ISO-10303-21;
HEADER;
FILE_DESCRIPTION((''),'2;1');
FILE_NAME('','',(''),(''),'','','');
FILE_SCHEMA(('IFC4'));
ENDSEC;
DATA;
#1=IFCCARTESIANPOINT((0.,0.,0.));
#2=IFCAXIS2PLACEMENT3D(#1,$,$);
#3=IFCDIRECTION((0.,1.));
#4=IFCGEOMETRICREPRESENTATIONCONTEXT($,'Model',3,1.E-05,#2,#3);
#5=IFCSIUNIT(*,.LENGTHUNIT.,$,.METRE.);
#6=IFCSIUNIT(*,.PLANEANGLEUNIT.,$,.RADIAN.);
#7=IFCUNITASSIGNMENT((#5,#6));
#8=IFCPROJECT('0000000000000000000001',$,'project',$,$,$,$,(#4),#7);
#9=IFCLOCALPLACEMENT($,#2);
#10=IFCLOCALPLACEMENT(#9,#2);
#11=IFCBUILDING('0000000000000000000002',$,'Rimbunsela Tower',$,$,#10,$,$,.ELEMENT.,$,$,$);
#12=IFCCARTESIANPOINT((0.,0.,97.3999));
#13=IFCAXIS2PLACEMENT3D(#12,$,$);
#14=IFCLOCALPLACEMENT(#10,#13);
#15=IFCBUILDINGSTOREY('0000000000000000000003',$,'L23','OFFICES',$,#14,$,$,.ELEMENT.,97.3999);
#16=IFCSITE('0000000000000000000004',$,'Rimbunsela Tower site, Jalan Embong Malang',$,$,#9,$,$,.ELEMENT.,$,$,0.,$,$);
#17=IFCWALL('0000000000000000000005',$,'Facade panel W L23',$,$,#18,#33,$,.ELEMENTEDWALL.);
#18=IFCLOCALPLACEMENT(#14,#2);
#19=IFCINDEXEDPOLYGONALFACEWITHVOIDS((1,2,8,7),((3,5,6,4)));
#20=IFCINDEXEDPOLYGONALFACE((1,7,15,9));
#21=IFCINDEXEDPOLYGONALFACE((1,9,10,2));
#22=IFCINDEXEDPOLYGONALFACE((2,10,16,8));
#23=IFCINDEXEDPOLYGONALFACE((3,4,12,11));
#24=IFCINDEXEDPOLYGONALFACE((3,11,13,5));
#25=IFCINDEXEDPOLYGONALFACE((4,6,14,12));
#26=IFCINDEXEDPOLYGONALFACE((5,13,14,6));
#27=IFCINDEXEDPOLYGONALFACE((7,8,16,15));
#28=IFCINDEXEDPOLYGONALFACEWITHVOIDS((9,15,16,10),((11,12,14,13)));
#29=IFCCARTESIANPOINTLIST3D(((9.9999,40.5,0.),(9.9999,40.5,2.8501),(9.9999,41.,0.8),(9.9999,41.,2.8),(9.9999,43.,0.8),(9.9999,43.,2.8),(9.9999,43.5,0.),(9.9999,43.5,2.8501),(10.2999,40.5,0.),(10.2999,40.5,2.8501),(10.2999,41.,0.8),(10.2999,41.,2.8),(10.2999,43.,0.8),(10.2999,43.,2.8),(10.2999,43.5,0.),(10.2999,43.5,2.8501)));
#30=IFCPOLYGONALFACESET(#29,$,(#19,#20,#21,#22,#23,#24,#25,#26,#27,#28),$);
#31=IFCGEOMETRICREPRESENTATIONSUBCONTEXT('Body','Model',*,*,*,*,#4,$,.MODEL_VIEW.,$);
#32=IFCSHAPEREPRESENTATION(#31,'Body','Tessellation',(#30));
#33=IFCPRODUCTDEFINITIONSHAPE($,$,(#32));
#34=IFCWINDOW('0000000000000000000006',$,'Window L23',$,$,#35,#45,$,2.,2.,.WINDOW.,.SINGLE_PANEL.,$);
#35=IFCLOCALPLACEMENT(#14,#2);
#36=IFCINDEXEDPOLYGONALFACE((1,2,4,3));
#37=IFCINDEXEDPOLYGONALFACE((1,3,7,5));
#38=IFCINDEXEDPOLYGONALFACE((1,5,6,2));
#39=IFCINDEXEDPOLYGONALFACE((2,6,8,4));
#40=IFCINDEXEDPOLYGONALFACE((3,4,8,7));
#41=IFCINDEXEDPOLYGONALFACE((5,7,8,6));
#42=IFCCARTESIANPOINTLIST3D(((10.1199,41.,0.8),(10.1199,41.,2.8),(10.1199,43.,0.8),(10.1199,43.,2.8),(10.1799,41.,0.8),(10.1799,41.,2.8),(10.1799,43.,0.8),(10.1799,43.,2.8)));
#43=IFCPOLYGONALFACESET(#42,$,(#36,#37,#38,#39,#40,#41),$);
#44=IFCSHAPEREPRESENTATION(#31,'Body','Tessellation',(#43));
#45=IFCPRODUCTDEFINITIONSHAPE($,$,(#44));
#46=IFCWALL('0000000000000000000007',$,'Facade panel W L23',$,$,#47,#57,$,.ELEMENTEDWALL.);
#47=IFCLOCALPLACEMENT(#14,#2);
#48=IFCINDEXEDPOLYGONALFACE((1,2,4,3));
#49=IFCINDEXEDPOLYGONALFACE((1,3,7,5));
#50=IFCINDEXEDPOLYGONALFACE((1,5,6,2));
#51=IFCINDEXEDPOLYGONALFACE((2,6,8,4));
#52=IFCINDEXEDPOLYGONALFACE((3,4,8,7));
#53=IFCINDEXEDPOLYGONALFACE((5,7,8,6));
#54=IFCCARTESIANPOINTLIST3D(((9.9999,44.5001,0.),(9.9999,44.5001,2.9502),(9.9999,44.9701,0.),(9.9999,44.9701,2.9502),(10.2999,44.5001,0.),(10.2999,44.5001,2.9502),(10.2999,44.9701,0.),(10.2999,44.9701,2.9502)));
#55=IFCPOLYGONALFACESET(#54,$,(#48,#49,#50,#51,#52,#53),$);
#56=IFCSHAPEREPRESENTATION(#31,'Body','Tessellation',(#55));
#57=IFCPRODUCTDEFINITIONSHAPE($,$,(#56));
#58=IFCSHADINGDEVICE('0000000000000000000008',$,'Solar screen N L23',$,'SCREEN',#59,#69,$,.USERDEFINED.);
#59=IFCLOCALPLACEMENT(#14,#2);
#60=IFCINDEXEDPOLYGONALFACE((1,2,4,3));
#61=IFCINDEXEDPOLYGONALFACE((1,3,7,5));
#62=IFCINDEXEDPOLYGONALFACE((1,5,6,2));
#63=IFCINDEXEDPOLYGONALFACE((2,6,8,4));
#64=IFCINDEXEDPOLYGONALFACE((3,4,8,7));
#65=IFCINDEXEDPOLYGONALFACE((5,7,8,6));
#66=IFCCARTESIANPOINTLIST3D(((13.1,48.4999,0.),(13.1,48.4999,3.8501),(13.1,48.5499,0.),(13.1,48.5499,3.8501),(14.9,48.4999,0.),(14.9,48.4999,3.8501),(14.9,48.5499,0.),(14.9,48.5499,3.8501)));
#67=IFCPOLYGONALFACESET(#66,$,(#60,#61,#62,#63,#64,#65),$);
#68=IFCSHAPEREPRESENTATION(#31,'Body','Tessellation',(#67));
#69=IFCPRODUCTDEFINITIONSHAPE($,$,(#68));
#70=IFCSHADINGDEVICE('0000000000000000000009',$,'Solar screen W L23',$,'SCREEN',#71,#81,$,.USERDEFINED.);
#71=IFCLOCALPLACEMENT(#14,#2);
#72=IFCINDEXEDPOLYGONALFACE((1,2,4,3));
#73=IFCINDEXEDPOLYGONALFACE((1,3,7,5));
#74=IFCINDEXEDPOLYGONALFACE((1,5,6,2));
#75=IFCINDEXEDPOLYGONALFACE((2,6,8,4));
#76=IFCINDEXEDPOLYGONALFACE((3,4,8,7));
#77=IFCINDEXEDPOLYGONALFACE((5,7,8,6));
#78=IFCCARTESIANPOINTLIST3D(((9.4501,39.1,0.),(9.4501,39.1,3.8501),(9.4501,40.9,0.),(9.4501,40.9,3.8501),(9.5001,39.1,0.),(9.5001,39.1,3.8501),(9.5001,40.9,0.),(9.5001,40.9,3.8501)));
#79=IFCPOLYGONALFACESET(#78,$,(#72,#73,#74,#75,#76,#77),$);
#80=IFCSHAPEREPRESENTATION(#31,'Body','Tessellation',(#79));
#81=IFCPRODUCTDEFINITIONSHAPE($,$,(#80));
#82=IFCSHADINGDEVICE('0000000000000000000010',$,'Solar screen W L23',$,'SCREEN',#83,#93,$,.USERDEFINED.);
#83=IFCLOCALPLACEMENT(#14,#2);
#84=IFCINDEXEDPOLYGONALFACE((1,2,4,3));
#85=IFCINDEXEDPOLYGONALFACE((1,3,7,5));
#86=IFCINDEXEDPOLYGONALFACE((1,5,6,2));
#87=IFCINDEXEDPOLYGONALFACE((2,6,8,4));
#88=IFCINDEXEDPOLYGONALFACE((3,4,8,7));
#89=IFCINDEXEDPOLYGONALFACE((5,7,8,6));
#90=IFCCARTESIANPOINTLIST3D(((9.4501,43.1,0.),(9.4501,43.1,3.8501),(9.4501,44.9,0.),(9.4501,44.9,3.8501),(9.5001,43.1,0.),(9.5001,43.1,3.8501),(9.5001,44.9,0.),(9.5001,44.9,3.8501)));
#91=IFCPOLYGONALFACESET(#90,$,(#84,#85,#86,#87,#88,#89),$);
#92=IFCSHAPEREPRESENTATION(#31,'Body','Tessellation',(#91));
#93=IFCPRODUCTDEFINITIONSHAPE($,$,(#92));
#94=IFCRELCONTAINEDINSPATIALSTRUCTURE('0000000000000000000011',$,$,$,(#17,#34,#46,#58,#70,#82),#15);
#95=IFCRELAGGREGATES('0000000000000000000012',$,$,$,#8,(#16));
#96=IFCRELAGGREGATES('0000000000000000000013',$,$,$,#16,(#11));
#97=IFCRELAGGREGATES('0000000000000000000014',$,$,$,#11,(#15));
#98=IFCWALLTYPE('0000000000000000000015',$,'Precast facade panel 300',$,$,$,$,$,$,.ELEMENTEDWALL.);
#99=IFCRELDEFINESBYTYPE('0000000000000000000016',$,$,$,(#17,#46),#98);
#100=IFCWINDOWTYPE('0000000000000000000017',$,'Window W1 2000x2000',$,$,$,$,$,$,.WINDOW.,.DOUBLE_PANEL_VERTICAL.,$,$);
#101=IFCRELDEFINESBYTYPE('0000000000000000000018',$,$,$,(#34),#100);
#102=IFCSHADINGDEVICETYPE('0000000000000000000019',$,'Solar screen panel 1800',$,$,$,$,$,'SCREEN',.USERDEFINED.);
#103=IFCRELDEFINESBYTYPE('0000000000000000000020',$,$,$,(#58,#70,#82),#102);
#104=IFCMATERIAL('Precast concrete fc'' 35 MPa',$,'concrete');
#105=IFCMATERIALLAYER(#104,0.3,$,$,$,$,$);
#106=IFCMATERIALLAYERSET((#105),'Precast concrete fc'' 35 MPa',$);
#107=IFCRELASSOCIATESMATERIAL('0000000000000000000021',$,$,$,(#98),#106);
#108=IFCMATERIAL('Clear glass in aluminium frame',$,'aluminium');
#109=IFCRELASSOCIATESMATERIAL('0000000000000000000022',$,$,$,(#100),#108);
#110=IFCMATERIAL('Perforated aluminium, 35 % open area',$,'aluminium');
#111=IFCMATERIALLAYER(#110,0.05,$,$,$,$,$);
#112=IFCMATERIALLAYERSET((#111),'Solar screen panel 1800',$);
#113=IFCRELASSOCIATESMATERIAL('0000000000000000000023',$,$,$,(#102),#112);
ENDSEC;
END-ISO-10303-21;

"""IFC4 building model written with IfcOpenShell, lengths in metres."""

from ifc_helpers import new_model, si_unit, direction, frame, frame_2d, origin, origin_2d, place, context, subcontext, project, spatial, rectangle, extrude, material, layer, layer_set, type_object, element, fill, save


model = new_model("IFC4")

# Units and contexts
model_context = context("Model", 3, precision=1e-05, world=origin(), true_north=direction((0.0, 1.0)))
body_context = subcontext(model_context, "Body", "Model", "MODEL_VIEW")
ifc_project = project(units=[si_unit("LENGTHUNIT", "METRE"), si_unit("PLANEANGLEUNIT", "RADIAN")], contexts=[model_context])

# Site, building, storey
site_placement = place(None, origin())
site = spatial("IfcSite", under=ifc_project, at=site_placement, Name="Rimbunsela Tower site, Jalan Embong Malang", CompositionType="ELEMENT", RefElevation=0.0)
building_placement = place(site_placement, origin())
building = spatial("IfcBuilding", under=site, at=building_placement, Name="Rimbunsela Tower", CompositionType="ELEMENT")
storey_placement = place(building_placement, frame((0.0, 0.0, 97.3999)))
storey = spatial("IfcBuildingStorey", under=building, at=storey_placement, Name="L23", Description="OFFICES", CompositionType="ELEMENT", Elevation=97.3999)

# Shared definitions
ifc_material_1 = material(Name="Precast concrete fc' 35 MPa", Category="concrete")
ifc_layer_1 = layer(ifc_material_1, 0.3)
ifc_layer_set_1 = layer_set([ifc_layer_1], Name="Precast concrete fc' 35 MPa")
wall_type = type_object("IfcWallType", Name="Precast facade panel 300", PredefinedType="ELEMENTEDWALL", material=ifc_layer_set_1)

# Wall, opening, window
ifc_material_2 = material(Name="Clear glass in aluminium frame", Category="aluminium")
window_type = type_object("IfcWindowType", Name="Window W1 2000x2000", PartitioningType="DOUBLE_PANEL_VERTICAL", PredefinedType="WINDOW", material=ifc_material_2)
wall_1_placement = place(storey_placement, frame((10.1499, 43.5, 0.0), z_axis=(0.0, 0.0, 1.0), x_axis=(0.0, -1.0, 0.0)))
wall_1 = element("IfcWall", 1, at=wall_1_placement, inside=storey, type_object=wall_type, Name="Facade panel W L23", PredefinedType="ELEMENTEDWALL", context=body_context, shape_type="SweptSolid", body=[
    extrude(rectangle(XDim=3.0, YDim=0.3, at=frame_2d((1.5, 0.0))), origin(), (0.0, 0.0, 1.0), 2.8501),
])
opening_1_placement = place(wall_1_placement, frame((0.5, 0.0, 0.8)))
opening_1 = element("IfcOpeningElement", 2, at=opening_1_placement, cuts=wall_1, PredefinedType="OPENING", context=body_context, shape_type="SweptSolid", body=[
    extrude(rectangle(XDim=2.0, YDim=2.0, at=frame_2d((1.0, 1.0))), frame((0.0, 0.1599, 0.0), z_axis=(0.0, -1.0, 0.0), x_axis=(1.0, 0.0, 0.0)), (0.0, 0.0, 1.0), 0.3201),
])
window_1_placement = place(opening_1_placement, origin())
window_1 = element("IfcWindow", 3, at=window_1_placement, inside=storey, type_object=window_type, Name="Window L23", OverallHeight=2.0, OverallWidth=2.0, PartitioningType="SINGLE_PANEL", PredefinedType="WINDOW", context=body_context, shape_type="SweptSolid", body=[
    extrude(rectangle(XDim=2.0, YDim=2.0, at=frame_2d((1.0, 1.0))), frame((0.0, 0.03, 0.0), z_axis=(0.0, -1.0, 0.0), x_axis=(1.0, 0.0, 0.0)), (0.0, 0.0, 1.0), 0.0601),
])
fill(opening_1, window_1)

# Wall
wall_2_placement = place(storey_placement, frame((10.1499, 44.97, 0.0), z_axis=(0.0, 0.0, 1.0), x_axis=(0.0, -1.0, 0.0)))
element("IfcWall", 4, at=wall_2_placement, inside=storey, type_object=wall_type, Name="Facade panel W L23", PredefinedType="ELEMENTEDWALL", context=body_context, shape_type="SweptSolid", body=[
    extrude(rectangle(XDim=0.47, YDim=0.3, at=frame_2d((0.2349, 0.0))), origin(), (0.0, 0.0, 1.0), 2.9502),
])

# Shading devices
ifc_material_3 = material(Name="Perforated aluminium, 35 % open area", Category="aluminium")
ifc_layer_2 = layer(ifc_material_3, 0.05)
ifc_layer_set_2 = layer_set([ifc_layer_2], Name="Solar screen panel 1800")
shading_device_type = type_object("IfcShadingDeviceType", Name="Solar screen panel 1800", ElementType="SCREEN", PredefinedType="USERDEFINED", material=ifc_layer_set_2)
for number, where, z_axis, x_axis, name in (
    (5, (14.0, 48.5249, 0.0), (0.0, 0.0, 1.0), (1.0, 0.0, 0.0), "Solar screen N L23"),
    (6, (9.4751, 40.0, 0.0), (0.0, 0.0, 1.0), (0.0, 1.0, 0.0), "Solar screen W L23"),
    (7, (9.4751, 44.0, 0.0), (0.0, 0.0, 1.0), (0.0, 1.0, 0.0), "Solar screen W L23"),
):
    element("IfcShadingDevice", number, at=place(storey_placement, frame(where, z_axis=z_axis, x_axis=x_axis)), inside=storey, type_object=shading_device_type, Name=name, ObjectType="SCREEN", PredefinedType="USERDEFINED", context=body_context, shape_type="SweptSolid", body=[
        extrude(rectangle(XDim=1.8, YDim=0.05, at=origin_2d()), origin(), (0.0, 0.0, 1.0), 3.8501),
    ])

save(model, "model.ifc")
